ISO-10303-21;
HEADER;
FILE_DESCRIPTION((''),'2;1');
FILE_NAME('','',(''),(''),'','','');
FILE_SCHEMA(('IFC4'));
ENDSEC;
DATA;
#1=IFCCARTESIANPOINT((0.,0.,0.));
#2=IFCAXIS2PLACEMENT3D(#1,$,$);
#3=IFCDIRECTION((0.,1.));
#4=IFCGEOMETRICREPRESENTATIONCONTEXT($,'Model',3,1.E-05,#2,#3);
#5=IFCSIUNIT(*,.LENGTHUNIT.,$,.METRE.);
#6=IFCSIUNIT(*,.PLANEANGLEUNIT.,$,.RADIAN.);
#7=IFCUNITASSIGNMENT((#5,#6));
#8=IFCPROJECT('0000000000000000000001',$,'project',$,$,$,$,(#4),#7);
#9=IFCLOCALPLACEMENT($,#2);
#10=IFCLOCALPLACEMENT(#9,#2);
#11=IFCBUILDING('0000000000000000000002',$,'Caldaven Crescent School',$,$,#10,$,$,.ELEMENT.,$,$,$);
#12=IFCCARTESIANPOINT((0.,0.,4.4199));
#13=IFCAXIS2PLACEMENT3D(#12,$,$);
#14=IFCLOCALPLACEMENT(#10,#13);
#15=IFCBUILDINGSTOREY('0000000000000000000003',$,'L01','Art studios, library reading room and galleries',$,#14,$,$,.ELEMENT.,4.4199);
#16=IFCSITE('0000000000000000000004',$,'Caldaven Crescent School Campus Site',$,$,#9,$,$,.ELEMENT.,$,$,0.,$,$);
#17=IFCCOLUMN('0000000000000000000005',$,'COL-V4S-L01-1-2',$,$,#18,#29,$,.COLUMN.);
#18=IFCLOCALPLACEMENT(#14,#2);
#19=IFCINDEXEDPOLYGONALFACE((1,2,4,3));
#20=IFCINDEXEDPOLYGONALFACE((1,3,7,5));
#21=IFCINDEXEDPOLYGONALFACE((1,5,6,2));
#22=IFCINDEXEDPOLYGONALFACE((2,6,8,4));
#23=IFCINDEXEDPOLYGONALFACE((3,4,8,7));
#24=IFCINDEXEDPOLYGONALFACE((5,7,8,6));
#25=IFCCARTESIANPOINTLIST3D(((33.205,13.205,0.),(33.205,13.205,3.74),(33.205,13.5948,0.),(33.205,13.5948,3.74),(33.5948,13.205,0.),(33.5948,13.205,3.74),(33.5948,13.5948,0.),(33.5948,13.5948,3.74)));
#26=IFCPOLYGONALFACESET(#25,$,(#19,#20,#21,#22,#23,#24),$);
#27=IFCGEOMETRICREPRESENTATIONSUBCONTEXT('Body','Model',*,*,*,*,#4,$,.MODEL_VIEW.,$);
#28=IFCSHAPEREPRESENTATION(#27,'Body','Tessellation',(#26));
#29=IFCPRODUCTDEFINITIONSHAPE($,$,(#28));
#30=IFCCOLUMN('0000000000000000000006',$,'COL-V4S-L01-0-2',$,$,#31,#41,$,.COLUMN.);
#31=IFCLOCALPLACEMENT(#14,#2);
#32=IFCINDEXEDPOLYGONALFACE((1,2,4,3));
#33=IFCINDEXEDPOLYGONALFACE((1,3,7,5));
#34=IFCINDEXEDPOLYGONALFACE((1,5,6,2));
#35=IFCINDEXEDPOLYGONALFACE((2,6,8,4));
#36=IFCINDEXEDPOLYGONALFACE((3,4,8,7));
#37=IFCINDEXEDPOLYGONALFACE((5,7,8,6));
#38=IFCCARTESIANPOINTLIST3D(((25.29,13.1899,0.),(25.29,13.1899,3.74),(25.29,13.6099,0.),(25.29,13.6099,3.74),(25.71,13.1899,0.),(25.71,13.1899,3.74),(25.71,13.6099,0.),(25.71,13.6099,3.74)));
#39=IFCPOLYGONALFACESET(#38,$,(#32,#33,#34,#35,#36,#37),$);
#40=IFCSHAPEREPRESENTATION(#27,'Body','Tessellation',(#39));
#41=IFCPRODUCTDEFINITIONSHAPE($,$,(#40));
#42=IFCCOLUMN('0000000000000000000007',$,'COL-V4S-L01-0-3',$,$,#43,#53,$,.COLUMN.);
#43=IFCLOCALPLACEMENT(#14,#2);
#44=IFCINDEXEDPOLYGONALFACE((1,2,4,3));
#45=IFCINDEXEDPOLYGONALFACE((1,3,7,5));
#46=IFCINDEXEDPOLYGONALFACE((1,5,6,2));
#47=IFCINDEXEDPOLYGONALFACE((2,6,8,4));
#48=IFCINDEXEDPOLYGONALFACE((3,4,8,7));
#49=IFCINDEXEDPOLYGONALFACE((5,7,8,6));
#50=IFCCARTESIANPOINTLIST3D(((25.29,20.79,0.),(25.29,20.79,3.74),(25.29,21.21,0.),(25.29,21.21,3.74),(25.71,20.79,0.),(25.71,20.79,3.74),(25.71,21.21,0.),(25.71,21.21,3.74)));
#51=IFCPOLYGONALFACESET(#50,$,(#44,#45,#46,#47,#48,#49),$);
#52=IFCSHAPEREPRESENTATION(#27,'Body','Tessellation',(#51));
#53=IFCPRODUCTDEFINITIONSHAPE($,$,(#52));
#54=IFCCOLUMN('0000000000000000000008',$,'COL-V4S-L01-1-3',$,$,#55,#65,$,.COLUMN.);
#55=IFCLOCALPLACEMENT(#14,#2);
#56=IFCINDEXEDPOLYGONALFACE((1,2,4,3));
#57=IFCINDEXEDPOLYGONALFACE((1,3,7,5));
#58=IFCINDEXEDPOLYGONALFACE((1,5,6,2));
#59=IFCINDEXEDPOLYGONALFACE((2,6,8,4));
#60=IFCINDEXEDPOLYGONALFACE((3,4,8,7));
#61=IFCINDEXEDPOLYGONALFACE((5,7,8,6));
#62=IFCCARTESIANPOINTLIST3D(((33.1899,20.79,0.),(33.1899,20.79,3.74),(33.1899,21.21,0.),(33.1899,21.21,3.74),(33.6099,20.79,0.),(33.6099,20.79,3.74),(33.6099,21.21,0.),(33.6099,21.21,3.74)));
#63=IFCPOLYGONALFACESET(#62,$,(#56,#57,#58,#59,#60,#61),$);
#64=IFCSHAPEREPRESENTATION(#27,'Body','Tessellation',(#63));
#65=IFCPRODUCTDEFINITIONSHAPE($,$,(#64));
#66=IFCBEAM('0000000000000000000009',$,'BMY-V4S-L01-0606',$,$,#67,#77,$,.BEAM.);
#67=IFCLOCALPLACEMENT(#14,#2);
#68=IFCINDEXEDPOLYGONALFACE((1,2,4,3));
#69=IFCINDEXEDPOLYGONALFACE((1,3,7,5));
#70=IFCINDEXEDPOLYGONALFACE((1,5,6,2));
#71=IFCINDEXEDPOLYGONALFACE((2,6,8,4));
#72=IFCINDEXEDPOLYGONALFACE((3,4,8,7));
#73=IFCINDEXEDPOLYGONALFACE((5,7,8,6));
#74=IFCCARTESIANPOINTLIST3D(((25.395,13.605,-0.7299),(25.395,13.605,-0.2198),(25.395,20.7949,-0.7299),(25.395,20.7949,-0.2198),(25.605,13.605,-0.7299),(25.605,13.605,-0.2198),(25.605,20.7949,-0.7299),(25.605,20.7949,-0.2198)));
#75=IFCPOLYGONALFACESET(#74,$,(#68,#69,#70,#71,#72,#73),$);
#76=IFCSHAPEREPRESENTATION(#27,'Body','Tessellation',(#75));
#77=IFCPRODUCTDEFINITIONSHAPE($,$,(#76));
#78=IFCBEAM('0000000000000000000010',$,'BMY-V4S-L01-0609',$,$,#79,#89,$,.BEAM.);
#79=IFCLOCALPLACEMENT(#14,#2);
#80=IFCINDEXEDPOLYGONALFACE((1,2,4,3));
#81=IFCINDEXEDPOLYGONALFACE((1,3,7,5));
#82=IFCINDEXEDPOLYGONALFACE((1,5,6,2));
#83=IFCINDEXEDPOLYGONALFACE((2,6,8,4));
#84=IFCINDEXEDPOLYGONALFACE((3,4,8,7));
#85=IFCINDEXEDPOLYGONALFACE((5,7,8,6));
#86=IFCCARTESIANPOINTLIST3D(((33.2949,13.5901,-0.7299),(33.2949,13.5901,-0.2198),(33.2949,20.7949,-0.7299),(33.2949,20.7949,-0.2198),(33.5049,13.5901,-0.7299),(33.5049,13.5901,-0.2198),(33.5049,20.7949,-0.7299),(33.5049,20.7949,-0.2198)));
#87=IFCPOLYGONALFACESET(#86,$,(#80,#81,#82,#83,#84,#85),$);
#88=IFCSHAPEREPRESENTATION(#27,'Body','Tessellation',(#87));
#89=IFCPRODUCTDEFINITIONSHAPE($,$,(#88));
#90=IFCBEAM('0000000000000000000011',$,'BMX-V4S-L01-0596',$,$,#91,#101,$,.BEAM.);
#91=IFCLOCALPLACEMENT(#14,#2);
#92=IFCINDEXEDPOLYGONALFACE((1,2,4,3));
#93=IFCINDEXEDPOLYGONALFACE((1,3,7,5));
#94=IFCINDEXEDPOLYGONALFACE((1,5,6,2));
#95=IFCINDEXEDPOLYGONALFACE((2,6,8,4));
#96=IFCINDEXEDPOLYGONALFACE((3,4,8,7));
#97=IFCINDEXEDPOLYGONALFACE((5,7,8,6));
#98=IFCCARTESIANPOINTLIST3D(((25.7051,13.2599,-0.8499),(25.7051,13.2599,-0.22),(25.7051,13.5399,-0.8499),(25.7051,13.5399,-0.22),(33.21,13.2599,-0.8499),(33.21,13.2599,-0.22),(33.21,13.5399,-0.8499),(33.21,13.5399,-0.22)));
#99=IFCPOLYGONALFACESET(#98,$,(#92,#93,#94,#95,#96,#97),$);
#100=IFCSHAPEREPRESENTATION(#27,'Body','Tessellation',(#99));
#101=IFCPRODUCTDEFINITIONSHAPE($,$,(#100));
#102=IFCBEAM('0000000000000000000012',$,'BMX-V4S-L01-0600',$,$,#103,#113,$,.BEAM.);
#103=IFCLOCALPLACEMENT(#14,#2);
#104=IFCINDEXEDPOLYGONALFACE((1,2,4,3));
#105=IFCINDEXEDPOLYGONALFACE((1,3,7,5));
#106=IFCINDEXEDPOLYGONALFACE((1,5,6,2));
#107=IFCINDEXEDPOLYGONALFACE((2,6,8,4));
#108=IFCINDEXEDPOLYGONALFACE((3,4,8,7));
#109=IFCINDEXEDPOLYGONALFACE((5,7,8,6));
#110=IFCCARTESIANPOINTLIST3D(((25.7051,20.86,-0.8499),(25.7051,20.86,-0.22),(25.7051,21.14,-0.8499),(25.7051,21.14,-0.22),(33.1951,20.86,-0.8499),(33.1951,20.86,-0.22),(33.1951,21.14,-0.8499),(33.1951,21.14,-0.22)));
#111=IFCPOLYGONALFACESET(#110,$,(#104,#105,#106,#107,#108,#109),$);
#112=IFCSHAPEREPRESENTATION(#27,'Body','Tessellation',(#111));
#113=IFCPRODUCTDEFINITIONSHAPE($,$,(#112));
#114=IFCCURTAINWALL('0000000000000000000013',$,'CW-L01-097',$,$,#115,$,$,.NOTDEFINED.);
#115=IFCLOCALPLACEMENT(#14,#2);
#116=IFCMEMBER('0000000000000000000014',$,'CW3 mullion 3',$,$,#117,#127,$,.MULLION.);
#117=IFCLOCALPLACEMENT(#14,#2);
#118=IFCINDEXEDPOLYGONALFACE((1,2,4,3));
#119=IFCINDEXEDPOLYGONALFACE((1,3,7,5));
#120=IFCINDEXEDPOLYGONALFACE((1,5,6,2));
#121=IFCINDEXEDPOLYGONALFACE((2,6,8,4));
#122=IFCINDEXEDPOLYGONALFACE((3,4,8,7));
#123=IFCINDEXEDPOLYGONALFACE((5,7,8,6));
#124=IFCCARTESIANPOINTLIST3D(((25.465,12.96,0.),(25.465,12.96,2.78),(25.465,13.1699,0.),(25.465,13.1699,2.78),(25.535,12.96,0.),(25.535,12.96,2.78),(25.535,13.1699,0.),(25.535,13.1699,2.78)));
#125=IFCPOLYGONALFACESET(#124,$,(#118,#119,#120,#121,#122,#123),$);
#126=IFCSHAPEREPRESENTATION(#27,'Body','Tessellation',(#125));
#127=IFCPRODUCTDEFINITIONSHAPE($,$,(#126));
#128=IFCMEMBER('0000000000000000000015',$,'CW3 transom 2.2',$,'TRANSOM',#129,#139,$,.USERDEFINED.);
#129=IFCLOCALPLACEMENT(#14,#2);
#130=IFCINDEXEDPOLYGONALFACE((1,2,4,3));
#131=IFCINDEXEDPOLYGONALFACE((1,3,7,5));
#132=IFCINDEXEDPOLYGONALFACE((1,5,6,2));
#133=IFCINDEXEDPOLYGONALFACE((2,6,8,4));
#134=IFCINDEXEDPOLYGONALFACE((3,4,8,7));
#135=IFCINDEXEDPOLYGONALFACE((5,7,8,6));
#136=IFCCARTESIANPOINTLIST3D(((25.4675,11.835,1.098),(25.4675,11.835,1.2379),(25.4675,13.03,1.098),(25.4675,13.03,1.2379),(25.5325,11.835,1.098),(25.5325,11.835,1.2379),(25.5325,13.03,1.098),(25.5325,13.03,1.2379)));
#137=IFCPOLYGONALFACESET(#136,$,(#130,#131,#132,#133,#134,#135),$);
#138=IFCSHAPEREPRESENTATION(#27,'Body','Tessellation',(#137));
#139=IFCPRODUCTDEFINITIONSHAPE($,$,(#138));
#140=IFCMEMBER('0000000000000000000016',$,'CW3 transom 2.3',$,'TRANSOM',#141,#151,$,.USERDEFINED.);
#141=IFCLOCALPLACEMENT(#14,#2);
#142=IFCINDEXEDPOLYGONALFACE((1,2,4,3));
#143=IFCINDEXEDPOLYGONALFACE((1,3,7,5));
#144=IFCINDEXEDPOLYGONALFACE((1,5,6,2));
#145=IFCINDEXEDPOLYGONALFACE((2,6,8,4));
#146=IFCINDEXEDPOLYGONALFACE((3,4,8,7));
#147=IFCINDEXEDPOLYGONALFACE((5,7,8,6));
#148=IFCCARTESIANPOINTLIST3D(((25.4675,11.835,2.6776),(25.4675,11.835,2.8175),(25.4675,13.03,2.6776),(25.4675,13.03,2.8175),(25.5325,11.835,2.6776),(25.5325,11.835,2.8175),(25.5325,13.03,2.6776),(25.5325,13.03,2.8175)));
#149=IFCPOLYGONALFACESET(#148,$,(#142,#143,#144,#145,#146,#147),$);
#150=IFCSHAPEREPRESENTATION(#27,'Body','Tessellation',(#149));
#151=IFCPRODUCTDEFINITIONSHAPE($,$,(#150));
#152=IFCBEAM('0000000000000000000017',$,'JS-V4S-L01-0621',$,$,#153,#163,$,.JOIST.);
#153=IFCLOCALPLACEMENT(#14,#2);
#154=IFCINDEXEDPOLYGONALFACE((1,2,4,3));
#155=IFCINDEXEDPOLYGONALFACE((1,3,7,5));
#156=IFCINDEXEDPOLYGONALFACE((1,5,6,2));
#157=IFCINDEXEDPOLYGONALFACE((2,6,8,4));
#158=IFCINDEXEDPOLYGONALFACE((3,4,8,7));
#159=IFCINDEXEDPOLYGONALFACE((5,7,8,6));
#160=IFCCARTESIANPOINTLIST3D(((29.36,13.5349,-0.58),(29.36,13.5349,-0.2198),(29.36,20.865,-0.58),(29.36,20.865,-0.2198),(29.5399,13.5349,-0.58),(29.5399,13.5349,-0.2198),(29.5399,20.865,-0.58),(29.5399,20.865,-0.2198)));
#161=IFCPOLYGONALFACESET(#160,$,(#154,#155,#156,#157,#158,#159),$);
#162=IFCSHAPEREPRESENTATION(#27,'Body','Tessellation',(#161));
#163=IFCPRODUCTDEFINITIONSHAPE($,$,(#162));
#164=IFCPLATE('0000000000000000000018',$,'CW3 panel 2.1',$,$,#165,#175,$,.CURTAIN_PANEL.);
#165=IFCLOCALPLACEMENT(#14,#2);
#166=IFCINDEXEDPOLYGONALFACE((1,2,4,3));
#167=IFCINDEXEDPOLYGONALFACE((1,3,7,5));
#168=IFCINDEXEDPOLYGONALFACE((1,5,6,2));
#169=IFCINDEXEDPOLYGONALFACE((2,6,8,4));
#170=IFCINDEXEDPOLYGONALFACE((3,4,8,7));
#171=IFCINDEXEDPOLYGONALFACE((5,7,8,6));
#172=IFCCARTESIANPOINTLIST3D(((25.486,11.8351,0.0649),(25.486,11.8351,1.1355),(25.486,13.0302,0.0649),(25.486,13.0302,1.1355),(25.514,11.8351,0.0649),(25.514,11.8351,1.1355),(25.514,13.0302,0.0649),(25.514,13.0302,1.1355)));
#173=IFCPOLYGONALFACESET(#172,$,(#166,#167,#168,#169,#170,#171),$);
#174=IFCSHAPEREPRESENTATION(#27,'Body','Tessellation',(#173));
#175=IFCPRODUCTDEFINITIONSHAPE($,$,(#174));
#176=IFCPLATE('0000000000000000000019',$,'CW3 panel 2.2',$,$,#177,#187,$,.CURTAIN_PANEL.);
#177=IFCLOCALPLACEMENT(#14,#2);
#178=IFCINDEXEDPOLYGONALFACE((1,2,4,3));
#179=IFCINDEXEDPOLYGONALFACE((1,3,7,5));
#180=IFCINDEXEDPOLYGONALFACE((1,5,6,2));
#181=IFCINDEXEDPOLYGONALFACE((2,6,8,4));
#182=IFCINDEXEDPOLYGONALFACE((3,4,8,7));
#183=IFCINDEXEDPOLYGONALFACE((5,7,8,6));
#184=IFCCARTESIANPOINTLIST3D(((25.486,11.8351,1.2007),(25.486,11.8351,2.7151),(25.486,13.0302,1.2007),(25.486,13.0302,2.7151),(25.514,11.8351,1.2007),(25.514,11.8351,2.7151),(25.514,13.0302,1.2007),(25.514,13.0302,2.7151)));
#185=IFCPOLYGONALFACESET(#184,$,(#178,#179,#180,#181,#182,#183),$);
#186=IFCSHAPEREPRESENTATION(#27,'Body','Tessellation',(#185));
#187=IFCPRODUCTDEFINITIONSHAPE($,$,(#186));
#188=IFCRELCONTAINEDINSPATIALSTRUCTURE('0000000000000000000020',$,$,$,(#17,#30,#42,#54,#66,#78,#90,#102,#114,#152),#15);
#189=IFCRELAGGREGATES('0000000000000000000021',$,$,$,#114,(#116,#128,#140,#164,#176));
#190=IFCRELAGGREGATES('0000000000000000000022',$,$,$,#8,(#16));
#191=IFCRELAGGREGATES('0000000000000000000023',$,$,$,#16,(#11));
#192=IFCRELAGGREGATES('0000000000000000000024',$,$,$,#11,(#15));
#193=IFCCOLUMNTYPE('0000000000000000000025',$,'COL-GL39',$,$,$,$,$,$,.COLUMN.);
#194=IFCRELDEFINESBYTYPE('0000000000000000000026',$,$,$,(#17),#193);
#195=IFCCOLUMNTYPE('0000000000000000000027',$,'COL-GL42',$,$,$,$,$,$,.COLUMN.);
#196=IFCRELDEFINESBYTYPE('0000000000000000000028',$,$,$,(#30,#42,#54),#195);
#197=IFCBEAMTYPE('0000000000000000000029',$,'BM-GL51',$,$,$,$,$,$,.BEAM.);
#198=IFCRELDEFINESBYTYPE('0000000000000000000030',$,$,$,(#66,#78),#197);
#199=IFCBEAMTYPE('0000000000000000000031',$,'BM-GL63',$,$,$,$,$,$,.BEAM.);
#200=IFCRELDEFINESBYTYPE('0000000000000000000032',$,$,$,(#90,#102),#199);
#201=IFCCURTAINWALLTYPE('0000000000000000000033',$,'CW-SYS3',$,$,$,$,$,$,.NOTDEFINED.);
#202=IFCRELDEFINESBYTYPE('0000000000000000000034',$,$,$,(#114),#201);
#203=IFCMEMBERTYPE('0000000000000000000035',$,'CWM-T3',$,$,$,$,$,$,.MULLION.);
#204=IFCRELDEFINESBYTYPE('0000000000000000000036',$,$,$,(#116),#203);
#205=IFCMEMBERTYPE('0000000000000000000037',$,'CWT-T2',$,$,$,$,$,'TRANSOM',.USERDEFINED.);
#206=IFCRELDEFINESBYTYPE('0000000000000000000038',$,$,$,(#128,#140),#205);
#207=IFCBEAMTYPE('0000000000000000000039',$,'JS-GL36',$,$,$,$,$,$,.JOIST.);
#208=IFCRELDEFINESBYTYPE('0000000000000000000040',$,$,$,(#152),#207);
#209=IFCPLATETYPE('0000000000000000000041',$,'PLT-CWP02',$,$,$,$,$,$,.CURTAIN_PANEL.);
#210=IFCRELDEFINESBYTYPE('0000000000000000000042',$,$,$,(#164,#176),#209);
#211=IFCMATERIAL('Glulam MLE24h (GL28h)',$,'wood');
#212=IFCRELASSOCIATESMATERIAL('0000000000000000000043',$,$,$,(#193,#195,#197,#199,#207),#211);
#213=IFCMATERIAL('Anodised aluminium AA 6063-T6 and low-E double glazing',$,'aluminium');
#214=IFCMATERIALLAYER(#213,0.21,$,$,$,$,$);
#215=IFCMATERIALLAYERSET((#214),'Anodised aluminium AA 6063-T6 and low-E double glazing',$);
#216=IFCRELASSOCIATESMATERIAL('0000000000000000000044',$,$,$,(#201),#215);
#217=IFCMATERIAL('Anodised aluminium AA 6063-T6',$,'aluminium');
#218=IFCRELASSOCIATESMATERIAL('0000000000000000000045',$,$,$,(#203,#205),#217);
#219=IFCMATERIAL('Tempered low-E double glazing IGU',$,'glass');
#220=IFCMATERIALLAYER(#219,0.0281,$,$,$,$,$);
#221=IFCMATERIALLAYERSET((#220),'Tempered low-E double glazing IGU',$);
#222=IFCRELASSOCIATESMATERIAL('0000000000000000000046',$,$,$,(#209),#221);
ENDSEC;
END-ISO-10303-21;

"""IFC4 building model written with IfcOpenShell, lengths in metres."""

from ifc_helpers import new_model, si_unit, direction, frame, origin, origin_2d, place, context, subcontext, project, spatial, rectangle, extrude, material, layer, layer_set, material_profile, profile_set, type_object, element, aggregate, save


model = new_model("IFC4")

# Units and contexts
model_context = context("Model", 3, precision=1e-05, world=origin(), true_north=direction((0.0, 1.0)))
body_context = subcontext(model_context, "Body", "Model", "MODEL_VIEW")
ifc_project = project(units=[si_unit("LENGTHUNIT", "METRE"), si_unit("PLANEANGLEUNIT", "RADIAN")], contexts=[model_context])

# Site, building, storey
site_placement = place(None, origin())
site = spatial("IfcSite", under=ifc_project, at=site_placement, Name="Caldaven Crescent School Campus Site", CompositionType="ELEMENT", RefElevation=0.0)
building_placement = place(site_placement, origin())
building = spatial("IfcBuilding", under=site, at=building_placement, Name="Caldaven Crescent School", CompositionType="ELEMENT")
storey_placement = place(building_placement, frame((0.0, 0.0, 4.4199)))
storey = spatial("IfcBuildingStorey", under=building, at=storey_placement, Name="L01", Description="Art studios, library reading room and galleries", CompositionType="ELEMENT", Elevation=4.4199)

# Columns
ifc_material_1 = material(Name="Glulam MLE24h (GL28h)", Category="wood")
ifc_material_profile_1 = material_profile(ifc_material_1, rectangle(XDim=0.3899, YDim=0.3899, at=origin_2d()), Name="MLE 390x390")
ifc_profile_set_1 = profile_set([ifc_material_profile_1], Name="Glulam MLE24h (GL28h)")
column_type_1 = type_object("IfcColumnType", Name="COL-GL39", PredefinedType="COLUMN", material=ifc_profile_set_1)
column_placement = place(storey_placement, frame((33.3999, 13.3999, 0.0), z_axis=(0.0, 0.0, 1.0), x_axis=(1.0, 0.0, 0.0)))
element("IfcColumn", 1, at=column_placement, inside=storey, type_object=column_type_1, Name="COL-V4S-L01-1-2", PredefinedType="COLUMN", context=body_context, shape_type="SweptSolid", body=[
    extrude(rectangle(XDim=0.3899, YDim=0.3899, at=origin_2d()), origin(), (0.0, 0.0, 1.0), 3.74),
])
ifc_material_profile_2 = material_profile(ifc_material_1, rectangle(XDim=0.4199, YDim=0.4199, at=origin_2d()), Name="MLE 420x420")
ifc_profile_set_2 = profile_set([ifc_material_profile_2], Name="Glulam MLE24h (GL28h)")
column_type_2 = type_object("IfcColumnType", Name="COL-GL42", PredefinedType="COLUMN", material=ifc_profile_set_2)
for number, where, z_axis, x_axis, name in (
    (2, (25.5, 13.3999, 0.0), (0.0, 0.0, 1.0), (1.0, 0.0, 0.0), "COL-V4S-L01-0-2"),
    (3, (25.5, 21.0, 0.0), (0.0, 0.0, 1.0), (1.0, 0.0, 0.0), "COL-V4S-L01-0-3"),
    (4, (33.3999, 21.0, 0.0), (0.0, 0.0, 1.0), (1.0, 0.0, 0.0), "COL-V4S-L01-1-3"),
):
    element("IfcColumn", number, at=place(storey_placement, frame(where, z_axis=z_axis, x_axis=x_axis)), inside=storey, type_object=column_type_2, Name=name, PredefinedType="COLUMN", context=body_context, shape_type="SweptSolid", body=[
        extrude(rectangle(XDim=0.4199, YDim=0.4199, at=origin_2d()), origin(), (0.0, 0.0, 1.0), 3.74),
    ])

# Beams
ifc_material_profile_3 = material_profile(ifc_material_1, rectangle(XDim=0.21, YDim=0.51, at=origin_2d()), Name="MLE 210x510")
ifc_profile_set_3 = profile_set([ifc_material_profile_3], Name="Glulam MLE24h (GL28h)")
beam_type_1 = type_object("IfcBeamType", Name="BM-GL51", PredefinedType="BEAM", material=ifc_profile_set_3)
beam_1_placement = place(storey_placement, frame((25.5, 13.605, -0.4749), z_axis=(0.0, 1.0, 0.0), x_axis=(-1.0, 0.0, 0.0)))
element("IfcBeam", 5, at=beam_1_placement, inside=storey, type_object=beam_type_1, Name="BMY-V4S-L01-0606", PredefinedType="BEAM", context=body_context, shape_type="SweptSolid", body=[
    extrude(rectangle(XDim=0.21, YDim=0.51, at=origin_2d()), origin(), (0.0, 0.0, 1.0), 7.1899),
])
beam_2_placement = place(storey_placement, frame((33.3999, 13.5901, -0.4749), z_axis=(0.0, 1.0, 0.0), x_axis=(-1.0, 0.0, 0.0)))
element("IfcBeam", 6, at=beam_2_placement, inside=storey, type_object=beam_type_1, Name="BMY-V4S-L01-0609", PredefinedType="BEAM", context=body_context, shape_type="SweptSolid", body=[
    extrude(rectangle(XDim=0.21, YDim=0.51, at=origin_2d()), origin(), (0.0, 0.0, 1.0), 7.2048),
])
ifc_material_profile_4 = material_profile(ifc_material_1, rectangle(XDim=0.28, YDim=0.6299, at=origin_2d()), Name="MLE 280x630")
ifc_profile_set_4 = profile_set([ifc_material_profile_4], Name="Glulam MLE24h (GL28h)")
beam_type_2 = type_object("IfcBeamType", Name="BM-GL63", PredefinedType="BEAM", material=ifc_profile_set_4)
beam_3_placement = place(storey_placement, frame((25.7051, 13.3999, -0.5349), z_axis=(1.0, 0.0, 0.0), x_axis=(0.0, 1.0, 0.0)))
element("IfcBeam", 7, at=beam_3_placement, inside=storey, type_object=beam_type_2, Name="BMX-V4S-L01-0596", PredefinedType="BEAM", context=body_context, shape_type="SweptSolid", body=[
    extrude(rectangle(XDim=0.28, YDim=0.6299, at=origin_2d()), origin(), (0.0, 0.0, 1.0), 7.5049),
])
beam_4_placement = place(storey_placement, frame((25.7051, 21.0, -0.5349), z_axis=(1.0, 0.0, 0.0), x_axis=(0.0, 1.0, 0.0)))
element("IfcBeam", 8, at=beam_4_placement, inside=storey, type_object=beam_type_2, Name="BMX-V4S-L01-0600", PredefinedType="BEAM", context=body_context, shape_type="SweptSolid", body=[
    extrude(rectangle(XDim=0.28, YDim=0.6299, at=origin_2d()), origin(), (0.0, 0.0, 1.0), 7.49),
])

# Curtain wall, members
ifc_material_2 = material(Name="Anodised aluminium AA 6063-T6 and low-E double glazing", Category="aluminium")
ifc_layer_1 = layer(ifc_material_2, 0.21)
ifc_layer_set_1 = layer_set([ifc_layer_1], Name="Anodised aluminium AA 6063-T6 and low-E double glazing")
curtain_wall_type = type_object("IfcCurtainWallType", Name="CW-SYS3", PredefinedType="NOTDEFINED", material=ifc_layer_set_1)
curtain_wall_placement = place(storey_placement, origin())
curtain_wall = element("IfcCurtainWall", 9, at=curtain_wall_placement, inside=storey, type_object=curtain_wall_type, Name="CW-L01-097", PredefinedType="NOTDEFINED")
ifc_material_3 = material(Name="Anodised aluminium AA 6063-T6", Category="aluminium")
ifc_material_profile_5 = material_profile(ifc_material_3, rectangle(XDim=0.0701, YDim=0.21, at=origin_2d()), Name="CWM 70x210")
ifc_profile_set_5 = profile_set([ifc_material_profile_5], Name="Anodised aluminium AA 6063-T6")
member_type_1 = type_object("IfcMemberType", Name="CWM-T3", PredefinedType="MULLION", material=ifc_profile_set_5)
member_1_placement = place(storey_placement, frame((25.5, 13.0649, 0.0), z_axis=(0.0, 0.0, 1.0), x_axis=(-1.0, 0.0, 0.0)))
member_1 = element("IfcMember", 10, at=member_1_placement, type_object=member_type_1, Name="CW3 mullion 3", PredefinedType="MULLION", context=body_context, shape_type="SweptSolid", body=[
    extrude(rectangle(XDim=0.0701, YDim=0.21, at=origin_2d()), origin(), (0.0, 0.0, 1.0), 2.78),
])
ifc_material_profile_6 = material_profile(ifc_material_3, rectangle(XDim=0.0649, YDim=0.1399, at=origin_2d()), Name="CWT 65x140")
ifc_profile_set_6 = profile_set([ifc_material_profile_6], Name="Anodised aluminium AA 6063-T6")
member_type_2 = type_object("IfcMemberType", Name="CWT-T2", ElementType="TRANSOM", PredefinedType="USERDEFINED", material=ifc_profile_set_6)
member_2_placement = place(storey_placement, frame((25.5, 11.835, 1.168), z_axis=(0.0, 1.0, 0.0), x_axis=(-1.0, 0.0, 0.0)))
member_2 = element("IfcMember", 11, at=member_2_placement, type_object=member_type_2, Name="CW3 transom 2.2", ObjectType="TRANSOM", PredefinedType="USERDEFINED", context=body_context, shape_type="SweptSolid", body=[
    extrude(rectangle(XDim=0.0649, YDim=0.1399, at=origin_2d()), origin(), (0.0, 0.0, 1.0), 1.1951),
])
member_3_placement = place(storey_placement, frame((25.5, 11.835, 2.7476), z_axis=(0.0, 1.0, 0.0), x_axis=(-1.0, 0.0, 0.0)))
member_3 = element("IfcMember", 12, at=member_3_placement, type_object=member_type_2, Name="CW3 transom 2.3", ObjectType="TRANSOM", PredefinedType="USERDEFINED", context=body_context, shape_type="SweptSolid", body=[
    extrude(rectangle(XDim=0.0649, YDim=0.1399, at=origin_2d()), origin(), (0.0, 0.0, 1.0), 1.1951),
])

# Beam
ifc_material_profile_7 = material_profile(ifc_material_1, rectangle(XDim=0.1799, YDim=0.3601, at=origin_2d()), Name="MLE 180x360")
ifc_profile_set_7 = profile_set([ifc_material_profile_7], Name="Glulam MLE24h (GL28h)")
beam_type_3 = type_object("IfcBeamType", Name="JS-GL36", PredefinedType="JOIST", material=ifc_profile_set_7)
beam_5_placement = place(storey_placement, frame((29.45, 13.5349, -0.3999), z_axis=(0.0, 1.0, 0.0), x_axis=(-1.0, 0.0, 0.0)))
element("IfcBeam", 13, at=beam_5_placement, inside=storey, type_object=beam_type_3, Name="JS-V4S-L01-0621", PredefinedType="JOIST", context=body_context, shape_type="SweptSolid", body=[
    extrude(rectangle(XDim=0.1799, YDim=0.3601, at=origin_2d()), origin(), (0.0, 0.0, 1.0), 7.3301),
])

# Plates
ifc_material_4 = material(Name="Tempered low-E double glazing IGU", Category="glass")
ifc_layer_2 = layer(ifc_material_4, 0.0281)
ifc_layer_set_2 = layer_set([ifc_layer_2], Name="Tempered low-E double glazing IGU")
plate_type = type_object("IfcPlateType", Name="PLT-CWP02", PredefinedType="CURTAIN_PANEL", material=ifc_layer_set_2)
plate_1_placement = place(storey_placement, frame((25.5, 12.4326, 0.0649), z_axis=(0.0, 0.0, 1.0), x_axis=(0.0, 1.0, 0.0)))
plate_1 = element("IfcPlate", 14, at=plate_1_placement, type_object=plate_type, Name="CW3 panel 2.1", PredefinedType="CURTAIN_PANEL", context=body_context, shape_type="SweptSolid", body=[
    extrude(rectangle(XDim=1.1951, YDim=0.0281, at=origin_2d()), origin(), (0.0, 0.0, 1.0), 1.0706),
])
plate_2_placement = place(storey_placement, frame((25.5, 12.4326, 1.2007), z_axis=(0.0, 0.0, 1.0), x_axis=(0.0, 1.0, 0.0)))
plate_2 = element("IfcPlate", 15, at=plate_2_placement, type_object=plate_type, Name="CW3 panel 2.2", PredefinedType="CURTAIN_PANEL", context=body_context, shape_type="SweptSolid", body=[
    extrude(rectangle(XDim=1.1951, YDim=0.0281, at=origin_2d()), origin(), (0.0, 0.0, 1.0), 1.5144),
])
aggregate(curtain_wall, [member_1, member_2, member_3, plate_1, plate_2])

save(model, "model.ifc")
